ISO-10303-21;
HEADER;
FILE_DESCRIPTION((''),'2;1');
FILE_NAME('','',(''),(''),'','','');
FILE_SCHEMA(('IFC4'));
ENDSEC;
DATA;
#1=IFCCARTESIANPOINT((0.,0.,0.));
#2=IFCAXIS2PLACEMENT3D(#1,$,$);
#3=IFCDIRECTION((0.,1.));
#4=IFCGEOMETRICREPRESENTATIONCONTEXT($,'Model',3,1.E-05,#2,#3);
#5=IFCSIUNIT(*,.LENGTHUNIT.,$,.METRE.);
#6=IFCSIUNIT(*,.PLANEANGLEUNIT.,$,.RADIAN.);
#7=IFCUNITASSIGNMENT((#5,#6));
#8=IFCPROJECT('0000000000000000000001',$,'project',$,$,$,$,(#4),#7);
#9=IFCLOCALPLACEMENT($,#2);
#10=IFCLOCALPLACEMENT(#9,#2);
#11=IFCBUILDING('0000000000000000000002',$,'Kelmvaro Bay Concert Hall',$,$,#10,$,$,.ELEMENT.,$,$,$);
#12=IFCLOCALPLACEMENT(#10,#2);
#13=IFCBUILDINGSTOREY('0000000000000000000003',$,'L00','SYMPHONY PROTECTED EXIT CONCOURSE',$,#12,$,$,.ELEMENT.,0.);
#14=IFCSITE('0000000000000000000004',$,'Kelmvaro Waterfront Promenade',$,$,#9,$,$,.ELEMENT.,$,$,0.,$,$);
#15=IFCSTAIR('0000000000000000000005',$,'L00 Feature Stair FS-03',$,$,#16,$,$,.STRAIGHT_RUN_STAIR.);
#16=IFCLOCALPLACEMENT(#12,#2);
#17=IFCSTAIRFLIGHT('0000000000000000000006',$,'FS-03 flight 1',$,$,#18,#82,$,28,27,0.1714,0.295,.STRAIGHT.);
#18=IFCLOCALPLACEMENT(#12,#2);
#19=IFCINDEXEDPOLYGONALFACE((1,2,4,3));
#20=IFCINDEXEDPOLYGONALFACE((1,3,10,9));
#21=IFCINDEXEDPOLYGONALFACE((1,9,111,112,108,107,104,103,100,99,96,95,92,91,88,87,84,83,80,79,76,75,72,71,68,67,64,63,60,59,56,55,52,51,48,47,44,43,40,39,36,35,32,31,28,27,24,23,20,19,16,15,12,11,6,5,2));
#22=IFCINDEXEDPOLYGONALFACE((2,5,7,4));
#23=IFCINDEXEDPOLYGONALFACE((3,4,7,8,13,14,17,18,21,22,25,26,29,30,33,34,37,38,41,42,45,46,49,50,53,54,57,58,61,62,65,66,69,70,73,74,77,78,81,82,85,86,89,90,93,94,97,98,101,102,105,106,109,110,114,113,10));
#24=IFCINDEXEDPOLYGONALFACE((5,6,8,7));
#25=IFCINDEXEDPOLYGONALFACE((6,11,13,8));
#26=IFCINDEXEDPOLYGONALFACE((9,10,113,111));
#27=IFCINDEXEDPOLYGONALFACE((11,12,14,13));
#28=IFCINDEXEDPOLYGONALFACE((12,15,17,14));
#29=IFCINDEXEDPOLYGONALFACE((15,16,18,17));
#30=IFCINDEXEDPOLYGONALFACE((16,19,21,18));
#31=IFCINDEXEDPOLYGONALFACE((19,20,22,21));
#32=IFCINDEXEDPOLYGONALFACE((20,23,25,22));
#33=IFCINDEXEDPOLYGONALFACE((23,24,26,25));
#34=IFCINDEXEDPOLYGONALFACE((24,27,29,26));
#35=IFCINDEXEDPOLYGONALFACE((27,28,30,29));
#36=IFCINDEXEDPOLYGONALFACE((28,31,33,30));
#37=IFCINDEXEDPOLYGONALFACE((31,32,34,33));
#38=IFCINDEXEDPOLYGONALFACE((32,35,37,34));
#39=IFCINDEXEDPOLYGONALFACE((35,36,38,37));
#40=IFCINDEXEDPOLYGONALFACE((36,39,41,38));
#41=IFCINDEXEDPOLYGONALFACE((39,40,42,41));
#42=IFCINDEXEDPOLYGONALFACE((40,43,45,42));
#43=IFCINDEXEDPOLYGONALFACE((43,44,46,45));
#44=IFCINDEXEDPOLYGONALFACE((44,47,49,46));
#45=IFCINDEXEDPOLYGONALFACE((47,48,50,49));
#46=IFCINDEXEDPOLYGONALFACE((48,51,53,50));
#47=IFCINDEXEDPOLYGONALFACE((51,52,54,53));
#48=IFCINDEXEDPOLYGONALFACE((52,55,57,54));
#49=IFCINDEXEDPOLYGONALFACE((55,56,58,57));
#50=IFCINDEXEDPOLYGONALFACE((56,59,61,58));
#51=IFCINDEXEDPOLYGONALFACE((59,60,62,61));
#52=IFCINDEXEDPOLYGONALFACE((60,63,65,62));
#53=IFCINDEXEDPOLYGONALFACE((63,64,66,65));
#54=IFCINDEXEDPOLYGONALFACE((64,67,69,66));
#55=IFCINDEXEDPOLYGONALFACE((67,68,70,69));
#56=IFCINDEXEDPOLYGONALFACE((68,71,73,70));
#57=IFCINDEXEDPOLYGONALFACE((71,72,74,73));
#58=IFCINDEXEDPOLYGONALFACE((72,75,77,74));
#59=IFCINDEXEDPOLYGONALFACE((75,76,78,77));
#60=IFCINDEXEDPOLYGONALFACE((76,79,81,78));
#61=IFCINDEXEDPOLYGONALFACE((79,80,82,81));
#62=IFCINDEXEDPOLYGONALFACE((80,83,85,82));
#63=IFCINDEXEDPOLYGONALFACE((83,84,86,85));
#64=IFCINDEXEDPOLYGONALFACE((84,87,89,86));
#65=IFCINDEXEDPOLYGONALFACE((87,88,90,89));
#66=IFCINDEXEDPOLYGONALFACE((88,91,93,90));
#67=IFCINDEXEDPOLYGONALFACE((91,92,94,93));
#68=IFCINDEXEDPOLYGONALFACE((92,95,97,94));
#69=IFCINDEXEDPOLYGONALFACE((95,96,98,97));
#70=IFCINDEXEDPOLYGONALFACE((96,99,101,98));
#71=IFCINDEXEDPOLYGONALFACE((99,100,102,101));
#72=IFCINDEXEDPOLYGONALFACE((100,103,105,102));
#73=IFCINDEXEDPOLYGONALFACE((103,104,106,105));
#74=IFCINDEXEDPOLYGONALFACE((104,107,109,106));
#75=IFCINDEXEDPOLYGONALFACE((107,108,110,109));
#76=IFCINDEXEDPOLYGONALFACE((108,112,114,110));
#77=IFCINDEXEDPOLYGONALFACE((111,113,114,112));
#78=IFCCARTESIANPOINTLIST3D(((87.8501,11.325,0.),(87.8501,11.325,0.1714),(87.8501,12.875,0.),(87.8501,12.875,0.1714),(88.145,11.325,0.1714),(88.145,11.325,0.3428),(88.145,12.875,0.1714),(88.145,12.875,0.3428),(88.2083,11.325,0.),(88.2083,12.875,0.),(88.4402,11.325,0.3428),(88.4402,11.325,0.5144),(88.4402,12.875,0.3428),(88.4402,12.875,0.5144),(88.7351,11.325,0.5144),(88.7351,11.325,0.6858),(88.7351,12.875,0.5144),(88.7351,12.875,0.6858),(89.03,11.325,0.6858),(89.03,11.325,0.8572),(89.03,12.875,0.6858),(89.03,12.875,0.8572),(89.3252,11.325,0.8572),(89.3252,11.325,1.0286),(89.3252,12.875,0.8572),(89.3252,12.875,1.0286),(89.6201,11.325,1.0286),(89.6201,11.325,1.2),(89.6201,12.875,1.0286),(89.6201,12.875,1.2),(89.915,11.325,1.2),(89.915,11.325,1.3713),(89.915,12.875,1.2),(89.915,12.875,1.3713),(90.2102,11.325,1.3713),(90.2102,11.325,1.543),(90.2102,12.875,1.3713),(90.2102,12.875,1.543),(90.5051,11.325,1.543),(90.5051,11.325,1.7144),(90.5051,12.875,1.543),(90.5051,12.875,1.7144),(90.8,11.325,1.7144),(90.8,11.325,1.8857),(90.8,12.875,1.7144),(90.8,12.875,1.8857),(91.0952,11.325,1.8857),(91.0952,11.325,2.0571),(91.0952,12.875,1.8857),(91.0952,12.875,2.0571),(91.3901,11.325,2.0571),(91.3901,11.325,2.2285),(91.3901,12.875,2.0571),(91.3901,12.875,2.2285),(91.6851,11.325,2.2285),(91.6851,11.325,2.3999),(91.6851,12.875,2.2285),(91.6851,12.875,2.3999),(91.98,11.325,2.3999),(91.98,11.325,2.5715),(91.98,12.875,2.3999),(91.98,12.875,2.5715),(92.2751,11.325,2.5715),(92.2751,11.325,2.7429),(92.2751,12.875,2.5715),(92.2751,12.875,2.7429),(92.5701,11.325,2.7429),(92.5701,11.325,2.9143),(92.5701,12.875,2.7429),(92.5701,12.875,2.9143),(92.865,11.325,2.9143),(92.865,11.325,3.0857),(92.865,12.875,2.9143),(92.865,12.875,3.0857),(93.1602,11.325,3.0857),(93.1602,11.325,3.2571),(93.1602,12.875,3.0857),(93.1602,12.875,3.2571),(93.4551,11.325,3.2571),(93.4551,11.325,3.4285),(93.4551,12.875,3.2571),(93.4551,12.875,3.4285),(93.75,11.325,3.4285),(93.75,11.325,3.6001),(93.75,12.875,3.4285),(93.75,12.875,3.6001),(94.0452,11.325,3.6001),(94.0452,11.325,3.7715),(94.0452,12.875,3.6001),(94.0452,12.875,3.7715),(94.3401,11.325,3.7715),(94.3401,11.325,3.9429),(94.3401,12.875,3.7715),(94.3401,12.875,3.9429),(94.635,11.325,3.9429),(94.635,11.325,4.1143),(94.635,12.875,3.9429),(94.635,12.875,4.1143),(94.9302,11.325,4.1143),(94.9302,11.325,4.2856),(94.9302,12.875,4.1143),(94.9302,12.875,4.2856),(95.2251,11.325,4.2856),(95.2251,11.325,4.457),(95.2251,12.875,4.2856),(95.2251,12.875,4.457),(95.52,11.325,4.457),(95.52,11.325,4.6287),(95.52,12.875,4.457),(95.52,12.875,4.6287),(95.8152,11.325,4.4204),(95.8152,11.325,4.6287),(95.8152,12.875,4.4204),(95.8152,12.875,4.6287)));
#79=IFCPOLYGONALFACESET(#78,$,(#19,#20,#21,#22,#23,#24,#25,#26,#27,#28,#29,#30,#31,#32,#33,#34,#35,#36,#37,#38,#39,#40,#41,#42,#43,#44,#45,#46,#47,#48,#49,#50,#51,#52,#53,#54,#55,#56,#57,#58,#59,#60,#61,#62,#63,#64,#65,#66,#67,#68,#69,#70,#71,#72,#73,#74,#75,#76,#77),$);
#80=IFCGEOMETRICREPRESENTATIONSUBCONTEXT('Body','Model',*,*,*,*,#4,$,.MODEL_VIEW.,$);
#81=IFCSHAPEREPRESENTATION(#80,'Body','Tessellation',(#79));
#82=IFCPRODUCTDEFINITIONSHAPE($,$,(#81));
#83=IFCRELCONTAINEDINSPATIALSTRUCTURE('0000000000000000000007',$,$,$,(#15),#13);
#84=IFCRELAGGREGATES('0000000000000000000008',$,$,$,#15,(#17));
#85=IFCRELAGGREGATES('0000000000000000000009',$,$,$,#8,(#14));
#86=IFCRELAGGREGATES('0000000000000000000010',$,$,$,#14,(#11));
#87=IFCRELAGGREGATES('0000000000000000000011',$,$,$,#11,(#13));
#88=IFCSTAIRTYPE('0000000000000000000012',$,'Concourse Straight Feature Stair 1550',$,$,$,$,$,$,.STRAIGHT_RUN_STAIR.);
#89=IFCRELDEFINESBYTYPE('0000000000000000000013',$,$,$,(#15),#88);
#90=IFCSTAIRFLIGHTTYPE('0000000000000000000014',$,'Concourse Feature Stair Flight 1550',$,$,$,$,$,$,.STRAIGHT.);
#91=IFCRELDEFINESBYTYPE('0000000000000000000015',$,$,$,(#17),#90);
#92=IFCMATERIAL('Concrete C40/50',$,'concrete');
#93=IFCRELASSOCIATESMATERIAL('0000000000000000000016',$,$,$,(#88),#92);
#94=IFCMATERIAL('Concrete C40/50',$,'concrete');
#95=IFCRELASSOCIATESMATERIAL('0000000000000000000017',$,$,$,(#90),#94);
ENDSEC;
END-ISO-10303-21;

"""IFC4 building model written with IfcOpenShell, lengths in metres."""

from ifc_helpers import new_model, si_unit, direction, frame, origin, place, context, subcontext, project, spatial, polyline, outline, extrude, material, type_object, element, aggregate, save


model = new_model("IFC4")

# Units and contexts
model_context = context("Model", 3, precision=1e-05, world=origin(), true_north=direction((0.0, 1.0)))
body_context = subcontext(model_context, "Body", "Model", "MODEL_VIEW")
ifc_project = project(units=[si_unit("LENGTHUNIT", "METRE"), si_unit("PLANEANGLEUNIT", "RADIAN")], contexts=[model_context])

# Site, building, storey
site_placement = place(None, origin())
site = spatial("IfcSite", under=ifc_project, at=site_placement, Name="Kelmvaro Waterfront Promenade", CompositionType="ELEMENT", RefElevation=0.0)
building_placement = place(site_placement, origin())
building = spatial("IfcBuilding", under=site, at=building_placement, Name="Kelmvaro Bay Concert Hall", CompositionType="ELEMENT")
storey_placement = place(building_placement, origin())
storey = spatial("IfcBuildingStorey", under=building, at=storey_placement, Name="L00", Description="SYMPHONY PROTECTED EXIT CONCOURSE", CompositionType="ELEMENT", Elevation=0.0)

# Stair, stair flight
ifc_material_1 = material(Name="Concrete C40/50", Category="concrete")
stair_type = type_object("IfcStairType", Name="Concourse Straight Feature Stair 1550", PredefinedType="STRAIGHT_RUN_STAIR", material=ifc_material_1)
stair_placement = place(storey_placement, origin())
stair = element("IfcStair", 1, at=stair_placement, inside=storey, type_object=stair_type, Name="L00 Feature Stair FS-03", PredefinedType="STRAIGHT_RUN_STAIR")
ifc_material_2 = material(Name="Concrete C40/50", Category="concrete")
stair_flight_type = type_object("IfcStairFlightType", Name="Concourse Feature Stair Flight 1550", PredefinedType="STRAIGHT", material=ifc_material_2)
stair_flight_placement = place(storey_placement, frame((87.8501, 12.1001, 0.0), z_axis=(0.0, 0.0, 1.0), x_axis=(1.0, 0.0, 0.0)))
stair_flight = element("IfcStairFlight", 2, at=stair_flight_placement, type_object=stair_flight_type, Name="FS-03 flight 1", NumberOfRisers=28, NumberOfTreads=27, PredefinedType="STRAIGHT", RiserHeight=0.1714, TreadLength=0.295, context=body_context, shape_type="SweptSolid", body=[
    extrude(outline(polyline([(0.0, 0.0), (0.0, 0.1714), (0.2949, 0.1714), (0.2949, 0.3428), (0.5901, 0.3428), (0.5901, 0.5144), (0.885, 0.5144), (0.885, 0.6858), (1.1799, 0.6858), (1.1799, 0.8572), (1.4751, 0.8572), (1.4751, 1.0286), (1.77, 1.0286), (1.77, 1.2), (2.0649, 1.2), (2.0649, 1.3713), (2.3601, 1.3713), (2.3601, 1.543), (2.655, 1.543), (2.655, 1.7144), (2.95, 1.7144), (2.95, 1.8857), (3.2451, 1.8857), (3.2451, 2.0571), (3.54, 2.0571), (3.54, 2.2285), (3.835, 2.2285), (3.835, 2.3999), (4.1299, 2.3999), (4.1299, 2.5715), (4.425, 2.5715), (4.425, 2.7429), (4.72, 2.7429), (4.72, 2.9143), (5.0149, 2.9143), (5.0149, 3.0857), (5.3101, 3.0857), (5.3101, 3.2571), (5.605, 3.2571), (5.605, 3.4285), (5.8999, 3.4285), (5.8999, 3.6001), (6.1951, 3.6001), (6.1951, 3.7715), (6.49, 3.7715), (6.49, 3.9429), (6.7849, 3.9429), (6.7849, 4.1143), (7.0801, 4.1143), (7.0801, 4.2856), (7.375, 4.2856), (7.375, 4.457), (7.6699, 4.457), (7.6699, 4.6287), (7.9651, 4.6287), (7.9651, 4.8), (7.9651, 4.4204), (0.3582, 0.0), (0.0, 0.0)])), frame((0.0, 0.7749, 0.0), z_axis=(0.0, -1.0, 0.0), x_axis=(1.0, 0.0, 0.0)), (0.0, 0.0, 1.0), 1.55),
])
aggregate(stair, [stair_flight])

save(model, "model.ifc")
